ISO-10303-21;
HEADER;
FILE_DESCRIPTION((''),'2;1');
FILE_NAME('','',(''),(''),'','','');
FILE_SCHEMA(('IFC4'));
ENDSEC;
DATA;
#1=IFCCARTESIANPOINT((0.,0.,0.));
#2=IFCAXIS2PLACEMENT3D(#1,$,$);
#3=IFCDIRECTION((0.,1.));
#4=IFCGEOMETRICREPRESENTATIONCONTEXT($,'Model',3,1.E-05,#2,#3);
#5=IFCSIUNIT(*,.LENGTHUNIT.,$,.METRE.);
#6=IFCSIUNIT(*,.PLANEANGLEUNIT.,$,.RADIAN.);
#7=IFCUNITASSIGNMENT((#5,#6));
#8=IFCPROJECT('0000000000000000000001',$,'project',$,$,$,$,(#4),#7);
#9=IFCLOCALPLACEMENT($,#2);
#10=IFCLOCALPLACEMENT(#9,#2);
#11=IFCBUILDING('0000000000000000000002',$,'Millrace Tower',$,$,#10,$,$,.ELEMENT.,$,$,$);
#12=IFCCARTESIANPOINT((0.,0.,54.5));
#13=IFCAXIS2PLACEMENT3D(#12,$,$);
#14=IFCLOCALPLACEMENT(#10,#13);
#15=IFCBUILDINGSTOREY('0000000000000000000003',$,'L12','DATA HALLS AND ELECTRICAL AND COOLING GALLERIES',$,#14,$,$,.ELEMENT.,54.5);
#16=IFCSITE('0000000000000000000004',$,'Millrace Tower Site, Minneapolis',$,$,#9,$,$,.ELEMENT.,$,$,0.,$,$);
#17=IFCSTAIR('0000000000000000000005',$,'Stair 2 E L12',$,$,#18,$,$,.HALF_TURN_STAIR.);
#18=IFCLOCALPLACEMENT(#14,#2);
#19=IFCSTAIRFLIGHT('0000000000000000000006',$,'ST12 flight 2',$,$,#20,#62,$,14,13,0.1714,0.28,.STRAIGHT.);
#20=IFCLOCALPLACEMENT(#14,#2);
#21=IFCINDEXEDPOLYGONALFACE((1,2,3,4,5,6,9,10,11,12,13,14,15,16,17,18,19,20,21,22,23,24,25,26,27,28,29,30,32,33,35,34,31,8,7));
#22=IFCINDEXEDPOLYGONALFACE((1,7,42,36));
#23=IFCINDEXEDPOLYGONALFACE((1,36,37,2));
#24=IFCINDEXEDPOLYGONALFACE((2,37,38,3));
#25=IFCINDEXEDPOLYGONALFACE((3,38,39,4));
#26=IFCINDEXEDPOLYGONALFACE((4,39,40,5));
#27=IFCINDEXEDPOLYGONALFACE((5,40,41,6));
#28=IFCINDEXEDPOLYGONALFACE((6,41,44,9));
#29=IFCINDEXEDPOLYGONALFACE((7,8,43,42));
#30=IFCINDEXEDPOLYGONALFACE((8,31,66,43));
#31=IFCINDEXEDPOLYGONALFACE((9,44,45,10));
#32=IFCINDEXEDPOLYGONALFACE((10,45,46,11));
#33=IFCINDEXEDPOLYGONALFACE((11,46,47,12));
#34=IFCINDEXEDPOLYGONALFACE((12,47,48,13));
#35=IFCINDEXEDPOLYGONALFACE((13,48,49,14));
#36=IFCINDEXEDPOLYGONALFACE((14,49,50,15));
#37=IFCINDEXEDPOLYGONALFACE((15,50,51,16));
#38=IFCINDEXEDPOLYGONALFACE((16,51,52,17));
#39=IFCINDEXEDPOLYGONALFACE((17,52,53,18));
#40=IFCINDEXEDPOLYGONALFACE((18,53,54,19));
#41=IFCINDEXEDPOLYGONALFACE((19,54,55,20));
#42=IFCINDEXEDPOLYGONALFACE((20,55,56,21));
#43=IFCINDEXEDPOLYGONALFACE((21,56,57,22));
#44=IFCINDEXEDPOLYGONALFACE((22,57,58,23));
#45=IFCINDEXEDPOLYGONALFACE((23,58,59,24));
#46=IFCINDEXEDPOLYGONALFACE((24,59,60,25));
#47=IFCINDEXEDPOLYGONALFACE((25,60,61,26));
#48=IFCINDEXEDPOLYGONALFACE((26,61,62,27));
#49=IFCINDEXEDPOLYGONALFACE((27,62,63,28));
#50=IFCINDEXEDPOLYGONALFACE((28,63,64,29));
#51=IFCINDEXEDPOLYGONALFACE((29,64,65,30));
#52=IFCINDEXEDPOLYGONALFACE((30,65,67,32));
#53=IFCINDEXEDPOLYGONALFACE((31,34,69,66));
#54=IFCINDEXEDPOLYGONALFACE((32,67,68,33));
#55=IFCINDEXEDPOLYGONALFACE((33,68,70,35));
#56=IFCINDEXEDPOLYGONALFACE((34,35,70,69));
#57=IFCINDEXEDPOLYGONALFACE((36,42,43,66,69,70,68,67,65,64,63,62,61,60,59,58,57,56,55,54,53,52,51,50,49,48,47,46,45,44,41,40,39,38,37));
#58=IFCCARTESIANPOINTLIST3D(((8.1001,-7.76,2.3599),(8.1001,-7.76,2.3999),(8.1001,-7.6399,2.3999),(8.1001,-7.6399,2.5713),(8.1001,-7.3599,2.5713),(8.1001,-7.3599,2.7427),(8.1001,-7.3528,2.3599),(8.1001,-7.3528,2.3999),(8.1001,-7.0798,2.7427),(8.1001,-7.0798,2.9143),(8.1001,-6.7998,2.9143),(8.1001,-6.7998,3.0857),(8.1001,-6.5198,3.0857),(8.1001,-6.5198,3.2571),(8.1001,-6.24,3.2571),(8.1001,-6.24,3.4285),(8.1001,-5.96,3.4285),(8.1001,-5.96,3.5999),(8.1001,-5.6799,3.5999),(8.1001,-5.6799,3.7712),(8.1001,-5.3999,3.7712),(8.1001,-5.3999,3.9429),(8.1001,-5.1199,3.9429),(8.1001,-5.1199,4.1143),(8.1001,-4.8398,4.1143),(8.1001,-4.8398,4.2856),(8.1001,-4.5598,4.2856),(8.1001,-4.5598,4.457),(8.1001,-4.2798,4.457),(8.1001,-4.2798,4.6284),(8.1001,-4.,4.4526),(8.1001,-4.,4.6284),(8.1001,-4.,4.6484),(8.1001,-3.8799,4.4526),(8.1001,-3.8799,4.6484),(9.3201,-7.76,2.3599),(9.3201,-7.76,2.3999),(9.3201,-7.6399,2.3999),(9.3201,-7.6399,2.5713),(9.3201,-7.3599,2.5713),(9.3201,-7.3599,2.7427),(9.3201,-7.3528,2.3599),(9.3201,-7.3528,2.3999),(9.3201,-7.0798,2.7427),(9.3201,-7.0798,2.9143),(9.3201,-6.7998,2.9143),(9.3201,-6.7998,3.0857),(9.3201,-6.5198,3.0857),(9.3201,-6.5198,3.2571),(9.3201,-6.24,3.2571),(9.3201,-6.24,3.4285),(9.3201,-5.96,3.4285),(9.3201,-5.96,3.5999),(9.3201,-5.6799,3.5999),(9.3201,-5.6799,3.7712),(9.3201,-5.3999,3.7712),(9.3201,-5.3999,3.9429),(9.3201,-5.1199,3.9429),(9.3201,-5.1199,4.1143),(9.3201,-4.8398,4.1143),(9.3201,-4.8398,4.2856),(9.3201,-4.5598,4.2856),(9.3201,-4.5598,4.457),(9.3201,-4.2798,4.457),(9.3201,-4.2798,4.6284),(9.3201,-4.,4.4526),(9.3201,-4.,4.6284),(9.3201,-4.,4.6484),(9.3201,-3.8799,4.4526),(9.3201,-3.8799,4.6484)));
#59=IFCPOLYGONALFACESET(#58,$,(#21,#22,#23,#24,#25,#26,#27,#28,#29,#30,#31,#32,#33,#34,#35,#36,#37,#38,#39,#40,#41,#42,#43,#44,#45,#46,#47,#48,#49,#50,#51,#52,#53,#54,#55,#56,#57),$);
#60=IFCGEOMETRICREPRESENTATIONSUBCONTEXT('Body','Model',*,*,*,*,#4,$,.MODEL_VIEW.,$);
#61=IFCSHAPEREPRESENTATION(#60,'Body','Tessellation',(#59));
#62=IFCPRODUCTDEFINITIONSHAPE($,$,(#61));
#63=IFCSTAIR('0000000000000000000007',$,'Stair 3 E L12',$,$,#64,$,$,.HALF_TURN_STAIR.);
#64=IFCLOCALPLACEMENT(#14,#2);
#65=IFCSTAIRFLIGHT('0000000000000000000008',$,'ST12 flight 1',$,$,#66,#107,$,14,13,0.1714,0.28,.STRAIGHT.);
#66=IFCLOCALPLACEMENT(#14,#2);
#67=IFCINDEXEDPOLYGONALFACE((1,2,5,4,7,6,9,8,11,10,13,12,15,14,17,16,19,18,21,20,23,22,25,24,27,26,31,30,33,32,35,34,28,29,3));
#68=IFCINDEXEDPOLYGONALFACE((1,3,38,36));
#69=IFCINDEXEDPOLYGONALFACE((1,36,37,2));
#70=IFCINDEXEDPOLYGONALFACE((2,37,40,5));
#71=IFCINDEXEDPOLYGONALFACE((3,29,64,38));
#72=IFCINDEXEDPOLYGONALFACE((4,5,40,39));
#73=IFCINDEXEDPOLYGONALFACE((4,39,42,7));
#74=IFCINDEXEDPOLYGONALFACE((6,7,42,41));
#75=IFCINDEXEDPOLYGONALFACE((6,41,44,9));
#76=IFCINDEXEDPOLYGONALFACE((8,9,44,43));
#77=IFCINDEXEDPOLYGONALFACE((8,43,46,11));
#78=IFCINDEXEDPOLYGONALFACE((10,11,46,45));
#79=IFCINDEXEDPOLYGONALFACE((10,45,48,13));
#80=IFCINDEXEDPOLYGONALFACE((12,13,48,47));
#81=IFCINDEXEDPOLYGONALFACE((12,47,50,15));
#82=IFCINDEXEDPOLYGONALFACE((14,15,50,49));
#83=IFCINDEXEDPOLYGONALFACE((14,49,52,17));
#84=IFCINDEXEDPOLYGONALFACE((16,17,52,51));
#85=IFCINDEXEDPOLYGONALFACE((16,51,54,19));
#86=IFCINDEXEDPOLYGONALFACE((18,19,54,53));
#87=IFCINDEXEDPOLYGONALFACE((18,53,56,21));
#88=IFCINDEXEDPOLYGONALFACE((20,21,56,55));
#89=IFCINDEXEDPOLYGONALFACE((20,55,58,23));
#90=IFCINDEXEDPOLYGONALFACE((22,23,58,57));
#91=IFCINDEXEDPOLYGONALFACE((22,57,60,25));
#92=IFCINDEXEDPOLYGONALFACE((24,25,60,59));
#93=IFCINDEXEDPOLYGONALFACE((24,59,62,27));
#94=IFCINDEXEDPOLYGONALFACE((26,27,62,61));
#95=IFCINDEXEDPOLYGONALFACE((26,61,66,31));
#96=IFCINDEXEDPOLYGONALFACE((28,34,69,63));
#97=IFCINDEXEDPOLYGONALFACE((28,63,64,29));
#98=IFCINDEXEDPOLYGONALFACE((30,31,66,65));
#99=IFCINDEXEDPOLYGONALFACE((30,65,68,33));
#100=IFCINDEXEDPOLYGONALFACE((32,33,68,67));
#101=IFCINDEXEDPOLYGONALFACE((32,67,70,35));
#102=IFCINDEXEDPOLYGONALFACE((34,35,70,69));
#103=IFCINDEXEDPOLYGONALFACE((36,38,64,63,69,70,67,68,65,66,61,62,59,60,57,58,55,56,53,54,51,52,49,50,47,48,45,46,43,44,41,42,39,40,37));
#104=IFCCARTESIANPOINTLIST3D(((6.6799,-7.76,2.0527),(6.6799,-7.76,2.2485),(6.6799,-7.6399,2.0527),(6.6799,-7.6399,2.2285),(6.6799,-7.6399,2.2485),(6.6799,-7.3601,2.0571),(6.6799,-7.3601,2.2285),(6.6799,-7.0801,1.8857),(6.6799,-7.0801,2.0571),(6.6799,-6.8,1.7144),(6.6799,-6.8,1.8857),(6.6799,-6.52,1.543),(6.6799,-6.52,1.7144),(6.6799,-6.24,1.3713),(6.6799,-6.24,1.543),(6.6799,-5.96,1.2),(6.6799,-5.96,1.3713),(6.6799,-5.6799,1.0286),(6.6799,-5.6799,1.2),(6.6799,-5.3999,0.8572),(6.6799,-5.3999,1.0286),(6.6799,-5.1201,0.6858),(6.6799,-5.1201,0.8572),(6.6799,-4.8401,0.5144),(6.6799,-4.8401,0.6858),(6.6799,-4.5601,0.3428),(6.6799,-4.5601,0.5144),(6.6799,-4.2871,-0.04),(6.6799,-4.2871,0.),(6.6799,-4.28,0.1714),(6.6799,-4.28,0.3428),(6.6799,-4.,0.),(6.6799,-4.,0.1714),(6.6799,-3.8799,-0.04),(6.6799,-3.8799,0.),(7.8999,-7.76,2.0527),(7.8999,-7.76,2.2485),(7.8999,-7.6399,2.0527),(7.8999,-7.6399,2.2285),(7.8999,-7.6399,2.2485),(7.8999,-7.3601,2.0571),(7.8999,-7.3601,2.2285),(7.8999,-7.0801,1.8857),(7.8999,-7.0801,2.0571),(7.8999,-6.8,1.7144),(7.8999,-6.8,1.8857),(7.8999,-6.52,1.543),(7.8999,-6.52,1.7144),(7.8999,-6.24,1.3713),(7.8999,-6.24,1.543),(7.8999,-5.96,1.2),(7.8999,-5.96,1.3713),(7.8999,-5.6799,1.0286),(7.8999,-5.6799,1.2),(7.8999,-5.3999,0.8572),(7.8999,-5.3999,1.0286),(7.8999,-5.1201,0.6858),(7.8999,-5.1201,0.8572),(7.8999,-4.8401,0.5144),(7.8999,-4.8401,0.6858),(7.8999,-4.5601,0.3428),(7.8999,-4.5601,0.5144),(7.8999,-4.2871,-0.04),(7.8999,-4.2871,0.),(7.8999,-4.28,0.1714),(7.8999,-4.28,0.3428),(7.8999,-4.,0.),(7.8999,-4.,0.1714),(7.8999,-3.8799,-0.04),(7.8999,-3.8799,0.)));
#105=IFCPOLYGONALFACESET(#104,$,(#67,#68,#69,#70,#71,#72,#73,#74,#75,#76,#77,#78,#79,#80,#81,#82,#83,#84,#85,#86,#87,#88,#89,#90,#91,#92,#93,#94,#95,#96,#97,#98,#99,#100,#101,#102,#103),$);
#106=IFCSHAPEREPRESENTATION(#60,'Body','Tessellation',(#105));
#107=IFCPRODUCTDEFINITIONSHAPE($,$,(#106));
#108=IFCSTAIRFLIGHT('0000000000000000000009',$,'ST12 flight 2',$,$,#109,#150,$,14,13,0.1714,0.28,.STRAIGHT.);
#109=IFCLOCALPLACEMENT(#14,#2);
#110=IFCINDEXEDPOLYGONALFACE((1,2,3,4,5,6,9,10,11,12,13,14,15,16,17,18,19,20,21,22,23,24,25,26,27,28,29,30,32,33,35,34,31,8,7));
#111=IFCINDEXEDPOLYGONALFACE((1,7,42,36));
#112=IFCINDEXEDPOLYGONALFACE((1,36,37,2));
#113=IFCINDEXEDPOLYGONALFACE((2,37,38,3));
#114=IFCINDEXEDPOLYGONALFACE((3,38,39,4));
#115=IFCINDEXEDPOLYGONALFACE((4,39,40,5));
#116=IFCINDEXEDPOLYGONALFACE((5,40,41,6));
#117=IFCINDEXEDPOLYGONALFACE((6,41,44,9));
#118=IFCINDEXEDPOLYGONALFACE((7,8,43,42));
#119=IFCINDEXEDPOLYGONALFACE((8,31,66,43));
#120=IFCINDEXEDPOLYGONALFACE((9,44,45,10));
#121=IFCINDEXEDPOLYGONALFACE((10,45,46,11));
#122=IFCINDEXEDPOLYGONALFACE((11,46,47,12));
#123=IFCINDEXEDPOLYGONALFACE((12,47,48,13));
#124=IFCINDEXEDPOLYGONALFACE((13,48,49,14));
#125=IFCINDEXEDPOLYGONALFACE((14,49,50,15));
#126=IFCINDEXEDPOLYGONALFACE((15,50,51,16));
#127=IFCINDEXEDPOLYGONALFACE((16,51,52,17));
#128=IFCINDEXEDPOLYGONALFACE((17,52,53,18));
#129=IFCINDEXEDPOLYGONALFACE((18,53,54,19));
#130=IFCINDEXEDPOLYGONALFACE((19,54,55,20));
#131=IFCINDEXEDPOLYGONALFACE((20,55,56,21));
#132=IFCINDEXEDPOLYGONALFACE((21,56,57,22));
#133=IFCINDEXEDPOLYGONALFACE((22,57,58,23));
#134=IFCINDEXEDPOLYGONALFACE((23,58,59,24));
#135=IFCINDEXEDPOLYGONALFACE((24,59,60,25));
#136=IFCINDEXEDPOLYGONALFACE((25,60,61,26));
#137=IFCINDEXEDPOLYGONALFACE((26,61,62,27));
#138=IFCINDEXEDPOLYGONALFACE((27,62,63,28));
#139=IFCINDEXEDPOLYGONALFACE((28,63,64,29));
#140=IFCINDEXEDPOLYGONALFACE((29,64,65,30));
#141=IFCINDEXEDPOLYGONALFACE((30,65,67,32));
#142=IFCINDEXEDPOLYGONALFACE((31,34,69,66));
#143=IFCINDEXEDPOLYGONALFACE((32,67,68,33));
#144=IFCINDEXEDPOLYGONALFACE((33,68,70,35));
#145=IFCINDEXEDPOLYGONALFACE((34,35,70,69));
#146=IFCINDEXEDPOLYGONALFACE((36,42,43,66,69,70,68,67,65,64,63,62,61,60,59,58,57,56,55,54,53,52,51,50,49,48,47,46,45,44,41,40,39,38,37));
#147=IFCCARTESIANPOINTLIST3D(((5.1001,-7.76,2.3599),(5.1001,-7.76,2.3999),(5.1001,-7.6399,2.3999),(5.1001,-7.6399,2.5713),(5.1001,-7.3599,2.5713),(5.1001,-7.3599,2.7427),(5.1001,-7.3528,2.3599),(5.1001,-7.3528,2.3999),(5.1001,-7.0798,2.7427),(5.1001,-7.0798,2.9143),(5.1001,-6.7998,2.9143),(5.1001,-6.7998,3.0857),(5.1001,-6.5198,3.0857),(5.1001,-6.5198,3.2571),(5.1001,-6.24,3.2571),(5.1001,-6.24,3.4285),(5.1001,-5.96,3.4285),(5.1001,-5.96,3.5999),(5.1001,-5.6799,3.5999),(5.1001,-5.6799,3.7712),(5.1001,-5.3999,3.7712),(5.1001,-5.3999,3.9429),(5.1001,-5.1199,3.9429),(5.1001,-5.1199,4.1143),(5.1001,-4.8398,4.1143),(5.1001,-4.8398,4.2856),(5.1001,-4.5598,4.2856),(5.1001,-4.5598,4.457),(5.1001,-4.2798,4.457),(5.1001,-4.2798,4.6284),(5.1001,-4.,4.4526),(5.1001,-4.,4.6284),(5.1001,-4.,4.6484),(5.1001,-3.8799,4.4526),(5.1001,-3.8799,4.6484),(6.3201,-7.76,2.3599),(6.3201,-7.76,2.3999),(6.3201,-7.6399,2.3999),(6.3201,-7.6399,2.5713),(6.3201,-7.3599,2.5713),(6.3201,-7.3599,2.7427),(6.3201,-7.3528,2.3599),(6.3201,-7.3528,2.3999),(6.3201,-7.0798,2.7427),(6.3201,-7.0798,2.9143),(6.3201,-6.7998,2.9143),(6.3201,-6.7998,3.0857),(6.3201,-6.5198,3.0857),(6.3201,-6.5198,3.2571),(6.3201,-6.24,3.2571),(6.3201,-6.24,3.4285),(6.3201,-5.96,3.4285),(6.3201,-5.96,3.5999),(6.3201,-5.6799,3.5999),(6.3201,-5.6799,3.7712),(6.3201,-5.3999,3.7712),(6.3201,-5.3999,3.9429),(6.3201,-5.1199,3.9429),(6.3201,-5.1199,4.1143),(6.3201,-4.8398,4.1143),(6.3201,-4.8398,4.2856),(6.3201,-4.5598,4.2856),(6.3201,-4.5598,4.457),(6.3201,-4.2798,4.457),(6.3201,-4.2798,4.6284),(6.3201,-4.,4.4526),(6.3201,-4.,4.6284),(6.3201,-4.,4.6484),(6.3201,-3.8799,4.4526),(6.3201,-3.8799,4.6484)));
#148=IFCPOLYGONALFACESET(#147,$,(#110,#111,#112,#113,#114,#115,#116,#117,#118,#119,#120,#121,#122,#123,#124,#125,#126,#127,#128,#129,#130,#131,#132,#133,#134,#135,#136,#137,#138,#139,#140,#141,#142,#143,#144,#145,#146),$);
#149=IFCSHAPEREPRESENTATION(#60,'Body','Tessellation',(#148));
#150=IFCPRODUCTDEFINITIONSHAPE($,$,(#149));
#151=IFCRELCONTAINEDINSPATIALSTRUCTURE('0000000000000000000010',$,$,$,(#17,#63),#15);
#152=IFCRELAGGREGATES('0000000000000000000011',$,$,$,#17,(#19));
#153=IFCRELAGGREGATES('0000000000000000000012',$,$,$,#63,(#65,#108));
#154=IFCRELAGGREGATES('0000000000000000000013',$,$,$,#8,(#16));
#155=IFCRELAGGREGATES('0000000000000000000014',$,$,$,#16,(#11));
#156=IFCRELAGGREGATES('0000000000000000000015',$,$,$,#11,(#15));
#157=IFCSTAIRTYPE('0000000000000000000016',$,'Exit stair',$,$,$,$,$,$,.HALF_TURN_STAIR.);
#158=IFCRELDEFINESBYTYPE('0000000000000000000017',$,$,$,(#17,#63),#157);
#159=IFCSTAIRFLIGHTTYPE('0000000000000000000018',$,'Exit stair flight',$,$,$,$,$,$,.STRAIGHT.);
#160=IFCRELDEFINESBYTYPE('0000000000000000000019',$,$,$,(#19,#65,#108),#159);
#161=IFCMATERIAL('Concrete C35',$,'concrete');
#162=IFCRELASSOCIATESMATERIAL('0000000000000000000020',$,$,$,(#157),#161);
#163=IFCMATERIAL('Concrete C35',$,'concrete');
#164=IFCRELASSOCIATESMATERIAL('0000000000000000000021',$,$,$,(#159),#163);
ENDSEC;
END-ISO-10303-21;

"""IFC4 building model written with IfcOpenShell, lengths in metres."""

from ifc_helpers import new_model, si_unit, direction, frame, origin, place, context, subcontext, project, spatial, polyline, outline, extrude, material, type_object, element, aggregate, save


model = new_model("IFC4")

# Units and contexts
model_context = context("Model", 3, precision=1e-05, world=origin(), true_north=direction((0.0, 1.0)))
body_context = subcontext(model_context, "Body", "Model", "MODEL_VIEW")
ifc_project = project(units=[si_unit("LENGTHUNIT", "METRE"), si_unit("PLANEANGLEUNIT", "RADIAN")], contexts=[model_context])

# Site, building, storey
site_placement = place(None, origin())
site = spatial("IfcSite", under=ifc_project, at=site_placement, Name="Millrace Tower Site, Minneapolis", CompositionType="ELEMENT", RefElevation=0.0)
building_placement = place(site_placement, origin())
building = spatial("IfcBuilding", under=site, at=building_placement, Name="Millrace Tower", CompositionType="ELEMENT")
storey_placement = place(building_placement, frame((0.0, 0.0, 54.5)))
storey = spatial("IfcBuildingStorey", under=building, at=storey_placement, Name="L12", Description="DATA HALLS AND ELECTRICAL AND COOLING GALLERIES", CompositionType="ELEMENT", Elevation=54.5)

# Shared definitions
placement = place(storey_placement, origin())

# Stair, stair flight
ifc_material_1 = material(Name="Concrete C35", Category="concrete")
stair_type = type_object("IfcStairType", Name="Exit stair", PredefinedType="HALF_TURN_STAIR", material=ifc_material_1)
ifc_material_2 = material(Name="Concrete C35", Category="concrete")
stair_flight_type = type_object("IfcStairFlightType", Name="Exit stair flight", PredefinedType="STRAIGHT", material=ifc_material_2)
stair_1 = element("IfcStair", 1, at=placement, inside=storey, type_object=stair_type, Name="Stair 2 E L12", PredefinedType="HALF_TURN_STAIR")
stair_flight_1_placement = place(storey_placement, frame((8.71, -7.6399, 2.3999), z_axis=(0.0, 0.0, 1.0), x_axis=(0.0, 1.0, 0.0)))
stair_flight_1 = element("IfcStairFlight", 2, at=stair_flight_1_placement, type_object=stair_flight_type, Name="ST12 flight 2", NumberOfRisers=14, NumberOfTreads=13, PredefinedType="STRAIGHT", RiserHeight=0.1714, TreadLength=0.28, context=body_context, shape_type="SweptSolid", body=[
    extrude(outline(polyline([(-0.1201, -0.04), (-0.1201, 0.0), (0.0, 0.0), (0.0, 0.1714), (0.28, 0.1714), (0.28, 0.3428), (0.5601, 0.3428), (0.5601, 0.5144), (0.8401, 0.5144), (0.8401, 0.6858), (1.1201, 0.6858), (1.1201, 0.8572), (1.3999, 0.8572), (1.3999, 1.0286), (1.6799, 1.0286), (1.6799, 1.2), (1.96, 1.2), (1.96, 1.3713), (2.24, 1.3713), (2.24, 1.543), (2.52, 1.543), (2.52, 1.7144), (2.8, 1.7144), (2.8, 1.8857), (3.0801, 1.8857), (3.0801, 2.0571), (3.3601, 2.0571), (3.3601, 2.2285), (3.6399, 2.2285), (3.6399, 2.2485), (3.76, 2.2485), (3.76, 2.0527), (3.6399, 2.0527), (0.2871, 0.0), (0.2871, -0.04), (-0.1201, -0.04)])), frame((0.0, 0.6099, 0.0), z_axis=(0.0, -1.0, 0.0), x_axis=(1.0, 0.0, 0.0)), (0.0, 0.0, 1.0), 1.22),
])
aggregate(stair_1, [stair_flight_1])

# Stair, stair flights
stair_2 = element("IfcStair", 3, at=placement, inside=storey, type_object=stair_type, Name="Stair 3 E L12", PredefinedType="HALF_TURN_STAIR")
stair_flight_2_placement = place(storey_placement, frame((7.29, -4.0, 0.0), z_axis=(0.0, 0.0, 1.0), x_axis=(0.0, -1.0, 0.0)))
stair_flight_2 = element("IfcStairFlight", 4, at=stair_flight_2_placement, type_object=stair_flight_type, Name="ST12 flight 1", NumberOfRisers=14, NumberOfTreads=13, PredefinedType="STRAIGHT", RiserHeight=0.1714, TreadLength=0.28, context=body_context, shape_type="SweptSolid", body=[
    extrude(outline(polyline([(-0.1201, -0.04), (-0.1201, 0.0), (0.0, 0.0), (0.0, 0.1714), (0.28, 0.1714), (0.28, 0.3428), (0.5601, 0.3428), (0.5601, 0.5144), (0.8401, 0.5144), (0.8401, 0.6858), (1.1201, 0.6858), (1.1201, 0.8572), (1.3999, 0.8572), (1.3999, 1.0286), (1.6799, 1.0286), (1.6799, 1.2), (1.96, 1.2), (1.96, 1.3713), (2.24, 1.3713), (2.24, 1.543), (2.52, 1.543), (2.52, 1.7144), (2.8, 1.7144), (2.8, 1.8857), (3.0801, 1.8857), (3.0801, 2.0571), (3.3601, 2.0571), (3.3601, 2.2285), (3.6399, 2.2285), (3.6399, 2.2485), (3.76, 2.2485), (3.76, 2.0527), (3.6399, 2.0527), (0.2871, 0.0), (0.2871, -0.04), (-0.1201, -0.04)])), frame((0.0, 0.6099, 0.0), z_axis=(0.0, -1.0, 0.0), x_axis=(1.0, 0.0, 0.0)), (0.0, 0.0, 1.0), 1.22),
])
stair_flight_3_placement = place(storey_placement, frame((5.71, -7.6399, 2.3999), z_axis=(0.0, 0.0, 1.0), x_axis=(0.0, 1.0, 0.0)))
stair_flight_3 = element("IfcStairFlight", 5, at=stair_flight_3_placement, type_object=stair_flight_type, Name="ST12 flight 2", NumberOfRisers=14, NumberOfTreads=13, PredefinedType="STRAIGHT", RiserHeight=0.1714, TreadLength=0.28, context=body_context, shape_type="SweptSolid", body=[
    extrude(outline(polyline([(-0.1201, -0.04), (-0.1201, 0.0), (0.0, 0.0), (0.0, 0.1714), (0.28, 0.1714), (0.28, 0.3428), (0.5601, 0.3428), (0.5601, 0.5144), (0.8401, 0.5144), (0.8401, 0.6858), (1.1201, 0.6858), (1.1201, 0.8572), (1.3999, 0.8572), (1.3999, 1.0286), (1.6799, 1.0286), (1.6799, 1.2), (1.96, 1.2), (1.96, 1.3713), (2.24, 1.3713), (2.24, 1.543), (2.52, 1.543), (2.52, 1.7144), (2.8, 1.7144), (2.8, 1.8857), (3.0801, 1.8857), (3.0801, 2.0571), (3.3601, 2.0571), (3.3601, 2.2285), (3.6399, 2.2285), (3.6399, 2.2485), (3.76, 2.2485), (3.76, 2.0527), (3.6399, 2.0527), (0.2871, 0.0), (0.2871, -0.04), (-0.1201, -0.04)])), frame((0.0, 0.6099, 0.0), z_axis=(0.0, -1.0, 0.0), x_axis=(1.0, 0.0, 0.0)), (0.0, 0.0, 1.0), 1.22),
])
aggregate(stair_2, [stair_flight_2, stair_flight_3])

save(model, "model.ifc")
